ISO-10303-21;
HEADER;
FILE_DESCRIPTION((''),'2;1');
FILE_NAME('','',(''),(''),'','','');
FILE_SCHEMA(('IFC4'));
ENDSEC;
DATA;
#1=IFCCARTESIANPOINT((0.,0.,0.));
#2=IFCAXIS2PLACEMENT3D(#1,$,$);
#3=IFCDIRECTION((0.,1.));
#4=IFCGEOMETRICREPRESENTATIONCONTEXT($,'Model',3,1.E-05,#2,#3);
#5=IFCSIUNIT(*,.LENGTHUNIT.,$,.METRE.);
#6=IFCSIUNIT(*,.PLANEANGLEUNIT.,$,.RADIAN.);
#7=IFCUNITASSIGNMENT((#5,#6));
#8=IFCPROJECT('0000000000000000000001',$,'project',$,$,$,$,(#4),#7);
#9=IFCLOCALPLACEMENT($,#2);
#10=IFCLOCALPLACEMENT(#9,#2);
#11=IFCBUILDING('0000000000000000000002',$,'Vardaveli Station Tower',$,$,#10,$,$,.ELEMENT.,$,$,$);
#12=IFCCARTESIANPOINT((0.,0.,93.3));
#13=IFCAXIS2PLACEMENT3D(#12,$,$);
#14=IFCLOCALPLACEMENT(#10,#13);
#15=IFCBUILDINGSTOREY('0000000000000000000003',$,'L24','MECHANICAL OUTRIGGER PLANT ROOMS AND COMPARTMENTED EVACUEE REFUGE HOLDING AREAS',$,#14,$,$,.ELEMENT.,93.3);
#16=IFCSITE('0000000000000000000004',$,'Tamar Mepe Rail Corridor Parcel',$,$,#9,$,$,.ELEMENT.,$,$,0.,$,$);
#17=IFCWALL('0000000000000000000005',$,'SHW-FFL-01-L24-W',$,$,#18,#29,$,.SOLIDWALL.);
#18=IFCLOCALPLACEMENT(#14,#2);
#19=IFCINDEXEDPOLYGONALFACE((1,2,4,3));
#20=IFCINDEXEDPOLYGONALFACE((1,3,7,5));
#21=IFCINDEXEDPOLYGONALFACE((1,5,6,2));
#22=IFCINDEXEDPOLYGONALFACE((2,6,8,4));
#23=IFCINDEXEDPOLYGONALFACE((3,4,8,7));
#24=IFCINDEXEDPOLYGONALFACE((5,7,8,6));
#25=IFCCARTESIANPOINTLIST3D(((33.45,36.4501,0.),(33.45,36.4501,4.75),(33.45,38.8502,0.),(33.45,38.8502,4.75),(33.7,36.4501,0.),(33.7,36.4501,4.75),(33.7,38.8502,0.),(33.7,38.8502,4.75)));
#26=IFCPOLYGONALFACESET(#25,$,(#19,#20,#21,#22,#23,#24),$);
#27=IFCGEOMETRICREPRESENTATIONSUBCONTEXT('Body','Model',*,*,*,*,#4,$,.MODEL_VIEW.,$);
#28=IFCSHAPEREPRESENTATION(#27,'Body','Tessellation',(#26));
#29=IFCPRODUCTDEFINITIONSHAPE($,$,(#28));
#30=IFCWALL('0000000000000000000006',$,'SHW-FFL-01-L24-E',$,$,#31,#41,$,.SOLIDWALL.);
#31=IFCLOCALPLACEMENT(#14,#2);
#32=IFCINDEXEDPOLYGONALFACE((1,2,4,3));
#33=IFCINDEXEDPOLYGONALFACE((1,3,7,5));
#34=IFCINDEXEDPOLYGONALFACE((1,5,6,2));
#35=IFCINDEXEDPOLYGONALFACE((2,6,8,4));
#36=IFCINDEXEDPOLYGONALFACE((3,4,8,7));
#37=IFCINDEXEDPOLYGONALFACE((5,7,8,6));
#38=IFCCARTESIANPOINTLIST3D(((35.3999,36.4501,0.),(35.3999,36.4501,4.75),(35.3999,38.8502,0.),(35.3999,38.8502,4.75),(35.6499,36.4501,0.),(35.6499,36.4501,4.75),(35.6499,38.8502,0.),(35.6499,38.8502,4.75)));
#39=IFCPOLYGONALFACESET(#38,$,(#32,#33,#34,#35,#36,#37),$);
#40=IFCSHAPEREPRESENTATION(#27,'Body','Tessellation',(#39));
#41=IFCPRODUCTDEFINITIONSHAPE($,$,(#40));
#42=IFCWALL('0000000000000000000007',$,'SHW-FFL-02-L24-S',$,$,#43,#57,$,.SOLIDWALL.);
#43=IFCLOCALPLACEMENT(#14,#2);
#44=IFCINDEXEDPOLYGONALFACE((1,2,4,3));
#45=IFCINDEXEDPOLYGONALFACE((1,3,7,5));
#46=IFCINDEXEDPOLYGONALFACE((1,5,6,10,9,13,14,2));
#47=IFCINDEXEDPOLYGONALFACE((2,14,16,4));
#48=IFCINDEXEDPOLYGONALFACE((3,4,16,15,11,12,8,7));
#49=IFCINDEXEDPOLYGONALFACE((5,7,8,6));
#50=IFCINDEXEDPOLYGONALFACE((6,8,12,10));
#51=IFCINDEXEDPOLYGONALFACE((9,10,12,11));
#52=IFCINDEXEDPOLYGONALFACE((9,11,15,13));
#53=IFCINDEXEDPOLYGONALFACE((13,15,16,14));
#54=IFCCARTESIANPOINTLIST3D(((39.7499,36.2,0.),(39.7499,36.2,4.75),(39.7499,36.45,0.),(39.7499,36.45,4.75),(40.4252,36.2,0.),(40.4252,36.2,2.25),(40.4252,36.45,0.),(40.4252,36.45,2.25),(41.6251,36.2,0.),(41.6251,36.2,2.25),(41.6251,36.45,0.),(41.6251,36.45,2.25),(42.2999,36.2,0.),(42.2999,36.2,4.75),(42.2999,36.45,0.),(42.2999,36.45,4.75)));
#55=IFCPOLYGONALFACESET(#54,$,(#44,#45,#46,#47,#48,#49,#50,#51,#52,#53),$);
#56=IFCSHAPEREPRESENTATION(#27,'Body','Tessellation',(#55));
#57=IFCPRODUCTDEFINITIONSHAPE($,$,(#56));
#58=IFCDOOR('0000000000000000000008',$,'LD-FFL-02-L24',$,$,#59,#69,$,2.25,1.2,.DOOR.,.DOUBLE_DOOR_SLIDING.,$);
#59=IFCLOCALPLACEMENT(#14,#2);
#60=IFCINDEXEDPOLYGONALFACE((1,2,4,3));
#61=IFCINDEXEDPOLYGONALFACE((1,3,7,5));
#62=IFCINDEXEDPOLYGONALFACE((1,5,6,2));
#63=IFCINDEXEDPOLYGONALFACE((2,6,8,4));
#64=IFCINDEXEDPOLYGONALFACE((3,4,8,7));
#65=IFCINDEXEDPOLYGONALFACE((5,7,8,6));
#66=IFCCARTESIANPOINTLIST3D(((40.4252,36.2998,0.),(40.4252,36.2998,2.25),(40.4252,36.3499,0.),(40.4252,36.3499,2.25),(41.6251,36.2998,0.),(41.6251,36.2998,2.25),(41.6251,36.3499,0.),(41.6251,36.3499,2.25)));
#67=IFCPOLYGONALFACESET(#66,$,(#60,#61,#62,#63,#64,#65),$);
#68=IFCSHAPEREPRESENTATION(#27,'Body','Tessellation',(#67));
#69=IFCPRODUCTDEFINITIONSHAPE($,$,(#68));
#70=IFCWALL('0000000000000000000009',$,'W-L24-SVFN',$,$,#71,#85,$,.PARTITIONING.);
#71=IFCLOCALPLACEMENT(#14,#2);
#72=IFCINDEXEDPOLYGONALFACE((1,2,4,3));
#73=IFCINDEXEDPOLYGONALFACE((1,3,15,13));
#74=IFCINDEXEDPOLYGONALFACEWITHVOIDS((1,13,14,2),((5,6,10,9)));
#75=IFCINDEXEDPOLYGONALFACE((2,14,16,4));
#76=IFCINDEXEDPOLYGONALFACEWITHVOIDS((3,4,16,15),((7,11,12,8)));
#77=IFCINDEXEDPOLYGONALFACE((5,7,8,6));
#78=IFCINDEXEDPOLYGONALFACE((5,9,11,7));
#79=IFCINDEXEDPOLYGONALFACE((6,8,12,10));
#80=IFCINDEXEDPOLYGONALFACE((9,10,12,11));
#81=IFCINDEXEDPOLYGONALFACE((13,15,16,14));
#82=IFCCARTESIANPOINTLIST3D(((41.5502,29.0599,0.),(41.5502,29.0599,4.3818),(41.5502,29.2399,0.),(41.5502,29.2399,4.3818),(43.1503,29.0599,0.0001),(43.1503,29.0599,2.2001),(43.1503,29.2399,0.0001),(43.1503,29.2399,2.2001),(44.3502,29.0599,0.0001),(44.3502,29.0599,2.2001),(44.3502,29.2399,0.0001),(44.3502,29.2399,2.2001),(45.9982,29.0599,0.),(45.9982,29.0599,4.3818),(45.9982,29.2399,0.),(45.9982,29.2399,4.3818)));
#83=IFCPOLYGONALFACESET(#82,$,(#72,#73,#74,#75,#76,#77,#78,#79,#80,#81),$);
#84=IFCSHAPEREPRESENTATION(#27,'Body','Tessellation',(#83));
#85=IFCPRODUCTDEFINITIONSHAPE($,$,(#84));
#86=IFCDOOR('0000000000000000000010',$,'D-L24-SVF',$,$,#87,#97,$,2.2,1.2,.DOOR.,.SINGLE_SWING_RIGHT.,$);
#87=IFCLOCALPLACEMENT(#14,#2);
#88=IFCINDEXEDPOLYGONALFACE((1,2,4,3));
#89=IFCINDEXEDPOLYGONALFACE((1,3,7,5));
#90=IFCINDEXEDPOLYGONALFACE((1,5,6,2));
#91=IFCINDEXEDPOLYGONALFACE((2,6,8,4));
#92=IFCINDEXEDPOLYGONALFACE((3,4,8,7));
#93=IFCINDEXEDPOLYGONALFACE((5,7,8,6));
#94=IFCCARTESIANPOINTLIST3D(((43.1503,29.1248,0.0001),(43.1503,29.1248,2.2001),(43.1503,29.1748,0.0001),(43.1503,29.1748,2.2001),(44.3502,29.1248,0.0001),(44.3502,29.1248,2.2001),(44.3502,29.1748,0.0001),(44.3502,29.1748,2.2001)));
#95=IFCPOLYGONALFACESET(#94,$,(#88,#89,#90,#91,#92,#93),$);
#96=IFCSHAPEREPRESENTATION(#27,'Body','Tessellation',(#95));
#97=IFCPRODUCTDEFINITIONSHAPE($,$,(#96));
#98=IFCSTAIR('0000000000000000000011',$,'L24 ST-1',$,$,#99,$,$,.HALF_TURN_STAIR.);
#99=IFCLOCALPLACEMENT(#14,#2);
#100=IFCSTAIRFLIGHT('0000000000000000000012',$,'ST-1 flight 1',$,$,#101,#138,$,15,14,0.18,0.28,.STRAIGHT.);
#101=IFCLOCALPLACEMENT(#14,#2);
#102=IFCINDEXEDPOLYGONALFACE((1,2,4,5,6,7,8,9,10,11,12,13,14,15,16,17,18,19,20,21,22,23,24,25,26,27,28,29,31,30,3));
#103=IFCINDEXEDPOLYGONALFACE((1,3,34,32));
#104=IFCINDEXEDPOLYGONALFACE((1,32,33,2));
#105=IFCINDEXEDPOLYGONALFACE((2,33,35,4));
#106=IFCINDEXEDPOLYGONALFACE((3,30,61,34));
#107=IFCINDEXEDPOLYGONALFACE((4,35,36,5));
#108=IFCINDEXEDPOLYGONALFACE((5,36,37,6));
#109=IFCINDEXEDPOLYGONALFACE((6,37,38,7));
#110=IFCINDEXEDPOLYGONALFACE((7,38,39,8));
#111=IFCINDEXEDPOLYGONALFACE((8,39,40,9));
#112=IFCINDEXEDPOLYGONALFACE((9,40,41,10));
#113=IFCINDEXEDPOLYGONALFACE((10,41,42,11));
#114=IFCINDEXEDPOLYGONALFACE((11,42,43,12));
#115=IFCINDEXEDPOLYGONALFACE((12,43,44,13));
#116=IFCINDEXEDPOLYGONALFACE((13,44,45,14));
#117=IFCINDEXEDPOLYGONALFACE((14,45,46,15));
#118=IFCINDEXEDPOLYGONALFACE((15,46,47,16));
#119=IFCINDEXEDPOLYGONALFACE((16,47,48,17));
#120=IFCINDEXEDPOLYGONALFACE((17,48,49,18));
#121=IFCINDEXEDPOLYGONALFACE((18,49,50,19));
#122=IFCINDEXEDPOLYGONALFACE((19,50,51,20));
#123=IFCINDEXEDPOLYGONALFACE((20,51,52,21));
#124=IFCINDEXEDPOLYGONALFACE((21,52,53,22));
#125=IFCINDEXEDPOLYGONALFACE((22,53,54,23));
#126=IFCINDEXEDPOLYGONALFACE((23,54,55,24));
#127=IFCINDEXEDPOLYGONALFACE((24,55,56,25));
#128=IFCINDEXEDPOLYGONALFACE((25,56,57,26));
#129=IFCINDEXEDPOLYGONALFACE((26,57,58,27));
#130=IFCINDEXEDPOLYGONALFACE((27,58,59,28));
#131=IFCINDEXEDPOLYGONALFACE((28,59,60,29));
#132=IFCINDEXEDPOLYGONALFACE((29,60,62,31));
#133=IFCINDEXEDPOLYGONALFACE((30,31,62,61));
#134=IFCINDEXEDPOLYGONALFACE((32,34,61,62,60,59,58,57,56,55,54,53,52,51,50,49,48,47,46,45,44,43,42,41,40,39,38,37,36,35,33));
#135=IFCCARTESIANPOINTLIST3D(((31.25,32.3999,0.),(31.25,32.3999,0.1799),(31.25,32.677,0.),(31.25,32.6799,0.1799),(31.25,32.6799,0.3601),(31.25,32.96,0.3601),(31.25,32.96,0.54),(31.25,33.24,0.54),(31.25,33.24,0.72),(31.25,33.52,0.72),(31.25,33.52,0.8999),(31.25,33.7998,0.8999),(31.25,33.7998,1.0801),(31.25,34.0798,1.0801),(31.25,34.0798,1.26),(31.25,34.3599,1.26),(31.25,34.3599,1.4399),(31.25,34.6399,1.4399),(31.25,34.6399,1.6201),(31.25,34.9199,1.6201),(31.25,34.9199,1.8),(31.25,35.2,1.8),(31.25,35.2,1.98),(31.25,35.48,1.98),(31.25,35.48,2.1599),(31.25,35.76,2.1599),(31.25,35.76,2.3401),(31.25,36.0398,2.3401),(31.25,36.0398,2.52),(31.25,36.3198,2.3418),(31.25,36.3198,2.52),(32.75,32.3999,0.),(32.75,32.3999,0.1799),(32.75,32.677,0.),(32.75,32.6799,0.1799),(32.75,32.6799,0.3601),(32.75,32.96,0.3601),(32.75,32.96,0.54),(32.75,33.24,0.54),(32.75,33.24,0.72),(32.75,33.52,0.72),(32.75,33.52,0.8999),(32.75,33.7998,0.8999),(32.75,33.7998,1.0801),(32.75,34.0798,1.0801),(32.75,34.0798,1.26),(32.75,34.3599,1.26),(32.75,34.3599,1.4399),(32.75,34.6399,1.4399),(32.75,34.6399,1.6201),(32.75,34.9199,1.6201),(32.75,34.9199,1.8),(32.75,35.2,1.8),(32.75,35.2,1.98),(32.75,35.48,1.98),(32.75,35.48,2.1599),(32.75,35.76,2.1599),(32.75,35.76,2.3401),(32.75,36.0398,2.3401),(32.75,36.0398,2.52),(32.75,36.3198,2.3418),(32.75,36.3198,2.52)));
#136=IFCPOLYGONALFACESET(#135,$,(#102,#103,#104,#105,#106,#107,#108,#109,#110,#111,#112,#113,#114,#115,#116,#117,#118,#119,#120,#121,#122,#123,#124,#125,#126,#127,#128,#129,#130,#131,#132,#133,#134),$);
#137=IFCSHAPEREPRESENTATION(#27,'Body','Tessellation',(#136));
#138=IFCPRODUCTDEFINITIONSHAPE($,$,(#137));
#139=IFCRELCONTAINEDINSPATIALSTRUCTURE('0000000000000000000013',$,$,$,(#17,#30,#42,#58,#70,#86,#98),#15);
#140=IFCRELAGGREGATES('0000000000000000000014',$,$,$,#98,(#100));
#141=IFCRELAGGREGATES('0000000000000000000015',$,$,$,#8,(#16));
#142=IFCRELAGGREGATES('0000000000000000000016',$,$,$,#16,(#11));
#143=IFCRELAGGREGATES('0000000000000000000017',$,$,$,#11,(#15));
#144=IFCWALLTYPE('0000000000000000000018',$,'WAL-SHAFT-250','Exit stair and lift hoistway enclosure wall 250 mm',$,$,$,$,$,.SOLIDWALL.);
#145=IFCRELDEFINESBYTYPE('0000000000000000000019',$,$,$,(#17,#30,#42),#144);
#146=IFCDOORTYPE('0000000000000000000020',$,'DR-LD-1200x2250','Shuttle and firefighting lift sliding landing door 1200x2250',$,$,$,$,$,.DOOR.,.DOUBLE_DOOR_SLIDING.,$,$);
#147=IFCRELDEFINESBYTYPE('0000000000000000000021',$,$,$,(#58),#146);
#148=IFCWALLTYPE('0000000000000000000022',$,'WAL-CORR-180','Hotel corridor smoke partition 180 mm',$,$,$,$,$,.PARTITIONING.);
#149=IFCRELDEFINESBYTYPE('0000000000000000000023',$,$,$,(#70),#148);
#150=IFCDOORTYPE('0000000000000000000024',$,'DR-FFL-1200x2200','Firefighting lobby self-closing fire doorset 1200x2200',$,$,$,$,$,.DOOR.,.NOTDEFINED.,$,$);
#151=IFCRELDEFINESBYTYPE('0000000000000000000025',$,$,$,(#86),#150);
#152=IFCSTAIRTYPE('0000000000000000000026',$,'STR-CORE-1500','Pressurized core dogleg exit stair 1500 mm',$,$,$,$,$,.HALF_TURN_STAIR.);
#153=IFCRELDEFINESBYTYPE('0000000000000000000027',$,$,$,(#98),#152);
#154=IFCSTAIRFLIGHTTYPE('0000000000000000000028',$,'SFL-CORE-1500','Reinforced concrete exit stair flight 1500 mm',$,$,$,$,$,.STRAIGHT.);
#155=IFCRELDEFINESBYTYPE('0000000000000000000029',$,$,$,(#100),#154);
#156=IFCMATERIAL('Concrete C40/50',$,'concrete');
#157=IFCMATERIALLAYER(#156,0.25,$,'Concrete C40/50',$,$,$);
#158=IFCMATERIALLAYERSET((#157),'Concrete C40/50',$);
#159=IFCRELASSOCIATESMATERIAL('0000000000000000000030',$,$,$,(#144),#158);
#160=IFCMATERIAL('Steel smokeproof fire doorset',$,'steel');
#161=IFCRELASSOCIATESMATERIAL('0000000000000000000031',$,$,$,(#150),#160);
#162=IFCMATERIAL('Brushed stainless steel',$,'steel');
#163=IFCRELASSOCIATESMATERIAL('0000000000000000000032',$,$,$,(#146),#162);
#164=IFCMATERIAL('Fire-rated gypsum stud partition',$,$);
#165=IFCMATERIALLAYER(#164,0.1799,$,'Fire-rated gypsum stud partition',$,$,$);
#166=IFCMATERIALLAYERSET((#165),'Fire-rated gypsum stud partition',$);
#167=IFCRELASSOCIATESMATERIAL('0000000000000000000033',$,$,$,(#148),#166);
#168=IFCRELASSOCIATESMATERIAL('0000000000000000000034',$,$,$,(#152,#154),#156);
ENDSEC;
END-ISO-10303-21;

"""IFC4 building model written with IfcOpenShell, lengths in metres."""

from ifc_helpers import new_model, si_unit, direction, frame, frame_2d, origin, place, context, subcontext, project, spatial, polyline, rectangle, outline, extrude, source, transform, mapped, material, layer, layer_set, type_object, element, fill, aggregate, save


model = new_model("IFC4")

# Units and contexts
model_context = context("Model", 3, precision=1e-05, world=origin(), true_north=direction((0.0, 1.0)))
body_context = subcontext(model_context, "Body", "Model", "MODEL_VIEW")
ifc_project = project(units=[si_unit("LENGTHUNIT", "METRE"), si_unit("PLANEANGLEUNIT", "RADIAN")], contexts=[model_context])

# Site, building, storey
site_placement = place(None, origin())
site = spatial("IfcSite", under=ifc_project, at=site_placement, Name="Tamar Mepe Rail Corridor Parcel", CompositionType="ELEMENT", RefElevation=0.0)
building_placement = place(site_placement, origin())
building = spatial("IfcBuilding", under=site, at=building_placement, Name="Vardaveli Station Tower", CompositionType="ELEMENT")
storey_placement = place(building_placement, frame((0.0, 0.0, 93.3)))
storey = spatial("IfcBuildingStorey", under=building, at=storey_placement, Name="L24", Description="MECHANICAL OUTRIGGER PLANT ROOMS AND COMPARTMENTED EVACUEE REFUGE HOLDING AREAS", CompositionType="ELEMENT", Elevation=93.3)

# Shared definitions
ifc_material_1 = material(Name="Concrete C40/50", Category="concrete")
ifc_layer_1 = layer(ifc_material_1, 0.25, Name="Concrete C40/50")
ifc_layer_set_1 = layer_set([ifc_layer_1], Name="Concrete C40/50")
wall_type_1 = type_object("IfcWallType", Name="WAL-SHAFT-250", Description="Exit stair and lift hoistway enclosure wall 250 mm", PredefinedType="SOLIDWALL", material=ifc_layer_set_1)
ifc_material_2 = material(Name="Steel smokeproof fire doorset", Category="steel")

# Shared definitions
door_type_1 = type_object("IfcDoorType", Name="DR-FFL-1200x2200", Description="Firefighting lobby self-closing fire doorset 1200x2200", OperationType="NOTDEFINED", PredefinedType="DOOR", material=ifc_material_2)
shared_shape_1 = source(origin(), body_context, "Body", "SweptSolid", [
    extrude(rectangle(XDim=1.2, YDim=2.2, at=frame_2d((0.6001, 1.1001))), frame((0.0, 0.0249, 0.0), z_axis=(0.0, -1.0, 0.0), x_axis=(1.0, 0.0, 0.0)), (0.0, 0.0, 1.0), 0.05),
])
shared_shape_2 = source(origin(), body_context, "Body", "SweptSolid", [
    extrude(rectangle(XDim=1.2, YDim=2.25, at=frame_2d((0.6001, 1.125))), frame((0.0, 0.135, 0.0), z_axis=(0.0, -1.0, 0.0), x_axis=(1.0, 0.0, 0.0)), (0.0, 0.0, 1.0), 0.27),
])
ifc_material_3 = material(Name="Brushed stainless steel", Category="steel")
door_type_2 = type_object("IfcDoorType", Name="DR-LD-1200x2250", Description="Shuttle and firefighting lift sliding landing door 1200x2250", OperationType="DOUBLE_DOOR_SLIDING", PredefinedType="DOOR", material=ifc_material_3)
shared_shape_3 = source(origin(), body_context, "Body", "SweptSolid", [
    extrude(rectangle(XDim=1.2, YDim=2.25, at=frame_2d((0.6001, 1.125))), frame((0.0, 0.0249, 0.0), z_axis=(0.0, -1.0, 0.0), x_axis=(1.0, 0.0, 0.0)), (0.0, 0.0, 1.0), 0.05),
])

# Walls
shared_shape_4 = source(origin(), body_context, "Body", "SweptSolid", [
    extrude(rectangle(XDim=2.4001, YDim=0.25, at=frame_2d((1.2002, 0.0))), origin(), (0.0, 0.0, 1.0), 4.75),
])
for number, where, z_axis, x_axis, name in (
    (1, (33.575, 36.45, 0.0), (0.0, 0.0, 1.0), (0.0, 1.0, 0.0), "SHW-FFL-01-L24-W"),
    (2, (35.5249, 36.45, 0.0), (0.0, 0.0, 1.0), (0.0, 1.0, 0.0), "SHW-FFL-01-L24-E"),
):
    element("IfcWall", number, at=place(storey_placement, frame(where, z_axis=z_axis, x_axis=x_axis)), inside=storey, type_object=wall_type_1, Name=name, PredefinedType="SOLIDWALL", context=body_context, shape_type="MappedRepresentation", body=[
        mapped(shared_shape_4, transform((0.0, 0.0, 0.0), scale=1.0)),
    ])

# Walls, openings, doors
shared_shape_5 = source(origin(), body_context, "Body", "SweptSolid", [
    extrude(rectangle(XDim=2.55, YDim=0.25, at=frame_2d((1.2749, 0.0))), origin(), (0.0, 0.0, 1.0), 4.75),
])
wall_1_placement = place(storey_placement, frame((39.75, 36.325, 0.0), z_axis=(0.0, 0.0, 1.0), x_axis=(1.0, 0.0, 0.0)))
wall_1 = element("IfcWall", 3, at=wall_1_placement, inside=storey, type_object=wall_type_1, Name="SHW-FFL-02-L24-S", PredefinedType="SOLIDWALL", context=body_context, shape_type="MappedRepresentation", body=[
    mapped(shared_shape_5, transform((0.0, 0.0, 0.0), scale=1.0)),
])
opening_1_placement = place(wall_1_placement, frame((0.675, 0.0, 0.0)))
opening_1 = element("IfcOpeningElement", 4, at=opening_1_placement, cuts=wall_1, PredefinedType="OPENING", context=body_context, shape_type="MappedRepresentation", body=[
    mapped(shared_shape_2, transform((0.0, 0.0, 0.0), scale=1.0)),
])
door_1_placement = place(opening_1_placement, origin())
door_1 = element("IfcDoor", 5, at=door_1_placement, inside=storey, type_object=door_type_2, Name="LD-FFL-02-L24", OperationType="DOUBLE_DOOR_SLIDING", OverallHeight=2.25, OverallWidth=1.2, PredefinedType="DOOR", context=body_context, shape_type="MappedRepresentation", body=[
    mapped(shared_shape_3, transform((0.0, 0.0, 0.0), scale=1.0)),
])
fill(opening_1, door_1)
ifc_material_4 = material(Name="Fire-rated gypsum stud partition")
ifc_layer_2 = layer(ifc_material_4, 0.1799, Name="Fire-rated gypsum stud partition")
ifc_layer_set_2 = layer_set([ifc_layer_2], Name="Fire-rated gypsum stud partition")
wall_type_2 = type_object("IfcWallType", Name="WAL-CORR-180", Description="Hotel corridor smoke partition 180 mm", PredefinedType="PARTITIONING", material=ifc_layer_set_2)
shared_shape_6 = source(origin(), body_context, "Body", "SweptSolid", [
    extrude(rectangle(XDim=4.448, YDim=0.1799, at=frame_2d((2.2241, 0.0))), origin(), (0.0, 0.0, 1.0), 4.3818),
])
wall_2_placement = place(storey_placement, frame((41.55, 29.1499, 0.0), z_axis=(0.0, 0.0, 1.0), x_axis=(1.0, 0.0, 0.0)))
wall_2 = element("IfcWall", 6, at=wall_2_placement, inside=storey, type_object=wall_type_2, Name="W-L24-SVFN", PredefinedType="PARTITIONING", context=body_context, shape_type="MappedRepresentation", body=[
    mapped(shared_shape_6, transform((0.0, 0.0, 0.0), scale=1.0)),
])
shared_shape_7 = source(origin(), body_context, "Body", "SweptSolid", [
    extrude(rectangle(XDim=1.2, YDim=2.2, at=frame_2d((0.6001, 1.1001))), frame((0.0, 0.1001, 0.0), z_axis=(0.0, -1.0, 0.0), x_axis=(1.0, 0.0, 0.0)), (0.0, 0.0, 1.0), 0.2),
])
opening_2_placement = place(wall_2_placement, frame((1.6001, 0.0, 0.0)))
opening_2 = element("IfcOpeningElement", 7, at=opening_2_placement, cuts=wall_2, PredefinedType="OPENING", context=body_context, shape_type="MappedRepresentation", body=[
    mapped(shared_shape_7, transform((0.0, 0.0, 0.0), scale=1.0)),
])
door_2_placement = place(opening_2_placement, origin())
door_2 = element("IfcDoor", 8, at=door_2_placement, inside=storey, type_object=door_type_1, Name="D-L24-SVF", OperationType="SINGLE_SWING_RIGHT", OverallHeight=2.2, OverallWidth=1.2, PredefinedType="DOOR", context=body_context, shape_type="MappedRepresentation", body=[
    mapped(shared_shape_1, transform((0.0, 0.0, 0.0), scale=1.0)),
])
fill(opening_2, door_2)

# Stair, stair flight
stair_type = type_object("IfcStairType", Name="STR-CORE-1500", Description="Pressurized core dogleg exit stair 1500 mm", PredefinedType="HALF_TURN_STAIR", material=ifc_material_1)
stair_1_placement = place(storey_placement, origin())
stair_1 = element("IfcStair", 9, at=stair_1_placement, inside=storey, type_object=stair_type, Name="L24 ST-1", PredefinedType="HALF_TURN_STAIR")
stair_flight_type = type_object("IfcStairFlightType", Name="SFL-CORE-1500", Description="Reinforced concrete exit stair flight 1500 mm", PredefinedType="STRAIGHT", material=ifc_material_1)
shared_shape_8 = source(origin(), body_context, "Body", "SweptSolid", [
    extrude(outline(polyline([(0.0, 0.0), (0.0, 0.1799), (0.28, 0.1799), (0.28, 0.3601), (0.5601, 0.3601), (0.5601, 0.54), (0.8401, 0.54), (0.8401, 0.72), (1.1201, 0.72), (1.1201, 0.8999), (1.3999, 0.8999), (1.3999, 1.0801), (1.6799, 1.0801), (1.6799, 1.26), (1.96, 1.26), (1.96, 1.4399), (2.24, 1.4399), (2.24, 1.6201), (2.52, 1.6201), (2.52, 1.8), (2.8, 1.8), (2.8, 1.98), (3.0801, 1.98), (3.0801, 2.1599), (3.3601, 2.1599), (3.3601, 2.3401), (3.6399, 2.3401), (3.6399, 2.52), (3.9199, 2.52), (3.9199, 2.7), (3.9199, 2.3418), (0.2771, 0.0), (0.0, 0.0)])), frame((0.0, 0.75, 0.0), z_axis=(0.0, -1.0, 0.0), x_axis=(1.0, 0.0, 0.0)), (0.0, 0.0, 1.0), 1.5),
])
stair_flight_1_placement = place(storey_placement, frame((32.0, 32.3999, 0.0), z_axis=(0.0, 0.0, 1.0), x_axis=(0.0, 1.0, 0.0)))
stair_flight_1 = element("IfcStairFlight", 10, at=stair_flight_1_placement, type_object=stair_flight_type, Name="ST-1 flight 1", NumberOfRisers=15, NumberOfTreads=14, PredefinedType="STRAIGHT", RiserHeight=0.18, TreadLength=0.28, context=body_context, shape_type="MappedRepresentation", body=[
    mapped(shared_shape_8, transform((0.0, 0.0, 0.0), scale=1.0)),
])
aggregate(stair_1, [stair_flight_1])

save(model, "model.ifc")
